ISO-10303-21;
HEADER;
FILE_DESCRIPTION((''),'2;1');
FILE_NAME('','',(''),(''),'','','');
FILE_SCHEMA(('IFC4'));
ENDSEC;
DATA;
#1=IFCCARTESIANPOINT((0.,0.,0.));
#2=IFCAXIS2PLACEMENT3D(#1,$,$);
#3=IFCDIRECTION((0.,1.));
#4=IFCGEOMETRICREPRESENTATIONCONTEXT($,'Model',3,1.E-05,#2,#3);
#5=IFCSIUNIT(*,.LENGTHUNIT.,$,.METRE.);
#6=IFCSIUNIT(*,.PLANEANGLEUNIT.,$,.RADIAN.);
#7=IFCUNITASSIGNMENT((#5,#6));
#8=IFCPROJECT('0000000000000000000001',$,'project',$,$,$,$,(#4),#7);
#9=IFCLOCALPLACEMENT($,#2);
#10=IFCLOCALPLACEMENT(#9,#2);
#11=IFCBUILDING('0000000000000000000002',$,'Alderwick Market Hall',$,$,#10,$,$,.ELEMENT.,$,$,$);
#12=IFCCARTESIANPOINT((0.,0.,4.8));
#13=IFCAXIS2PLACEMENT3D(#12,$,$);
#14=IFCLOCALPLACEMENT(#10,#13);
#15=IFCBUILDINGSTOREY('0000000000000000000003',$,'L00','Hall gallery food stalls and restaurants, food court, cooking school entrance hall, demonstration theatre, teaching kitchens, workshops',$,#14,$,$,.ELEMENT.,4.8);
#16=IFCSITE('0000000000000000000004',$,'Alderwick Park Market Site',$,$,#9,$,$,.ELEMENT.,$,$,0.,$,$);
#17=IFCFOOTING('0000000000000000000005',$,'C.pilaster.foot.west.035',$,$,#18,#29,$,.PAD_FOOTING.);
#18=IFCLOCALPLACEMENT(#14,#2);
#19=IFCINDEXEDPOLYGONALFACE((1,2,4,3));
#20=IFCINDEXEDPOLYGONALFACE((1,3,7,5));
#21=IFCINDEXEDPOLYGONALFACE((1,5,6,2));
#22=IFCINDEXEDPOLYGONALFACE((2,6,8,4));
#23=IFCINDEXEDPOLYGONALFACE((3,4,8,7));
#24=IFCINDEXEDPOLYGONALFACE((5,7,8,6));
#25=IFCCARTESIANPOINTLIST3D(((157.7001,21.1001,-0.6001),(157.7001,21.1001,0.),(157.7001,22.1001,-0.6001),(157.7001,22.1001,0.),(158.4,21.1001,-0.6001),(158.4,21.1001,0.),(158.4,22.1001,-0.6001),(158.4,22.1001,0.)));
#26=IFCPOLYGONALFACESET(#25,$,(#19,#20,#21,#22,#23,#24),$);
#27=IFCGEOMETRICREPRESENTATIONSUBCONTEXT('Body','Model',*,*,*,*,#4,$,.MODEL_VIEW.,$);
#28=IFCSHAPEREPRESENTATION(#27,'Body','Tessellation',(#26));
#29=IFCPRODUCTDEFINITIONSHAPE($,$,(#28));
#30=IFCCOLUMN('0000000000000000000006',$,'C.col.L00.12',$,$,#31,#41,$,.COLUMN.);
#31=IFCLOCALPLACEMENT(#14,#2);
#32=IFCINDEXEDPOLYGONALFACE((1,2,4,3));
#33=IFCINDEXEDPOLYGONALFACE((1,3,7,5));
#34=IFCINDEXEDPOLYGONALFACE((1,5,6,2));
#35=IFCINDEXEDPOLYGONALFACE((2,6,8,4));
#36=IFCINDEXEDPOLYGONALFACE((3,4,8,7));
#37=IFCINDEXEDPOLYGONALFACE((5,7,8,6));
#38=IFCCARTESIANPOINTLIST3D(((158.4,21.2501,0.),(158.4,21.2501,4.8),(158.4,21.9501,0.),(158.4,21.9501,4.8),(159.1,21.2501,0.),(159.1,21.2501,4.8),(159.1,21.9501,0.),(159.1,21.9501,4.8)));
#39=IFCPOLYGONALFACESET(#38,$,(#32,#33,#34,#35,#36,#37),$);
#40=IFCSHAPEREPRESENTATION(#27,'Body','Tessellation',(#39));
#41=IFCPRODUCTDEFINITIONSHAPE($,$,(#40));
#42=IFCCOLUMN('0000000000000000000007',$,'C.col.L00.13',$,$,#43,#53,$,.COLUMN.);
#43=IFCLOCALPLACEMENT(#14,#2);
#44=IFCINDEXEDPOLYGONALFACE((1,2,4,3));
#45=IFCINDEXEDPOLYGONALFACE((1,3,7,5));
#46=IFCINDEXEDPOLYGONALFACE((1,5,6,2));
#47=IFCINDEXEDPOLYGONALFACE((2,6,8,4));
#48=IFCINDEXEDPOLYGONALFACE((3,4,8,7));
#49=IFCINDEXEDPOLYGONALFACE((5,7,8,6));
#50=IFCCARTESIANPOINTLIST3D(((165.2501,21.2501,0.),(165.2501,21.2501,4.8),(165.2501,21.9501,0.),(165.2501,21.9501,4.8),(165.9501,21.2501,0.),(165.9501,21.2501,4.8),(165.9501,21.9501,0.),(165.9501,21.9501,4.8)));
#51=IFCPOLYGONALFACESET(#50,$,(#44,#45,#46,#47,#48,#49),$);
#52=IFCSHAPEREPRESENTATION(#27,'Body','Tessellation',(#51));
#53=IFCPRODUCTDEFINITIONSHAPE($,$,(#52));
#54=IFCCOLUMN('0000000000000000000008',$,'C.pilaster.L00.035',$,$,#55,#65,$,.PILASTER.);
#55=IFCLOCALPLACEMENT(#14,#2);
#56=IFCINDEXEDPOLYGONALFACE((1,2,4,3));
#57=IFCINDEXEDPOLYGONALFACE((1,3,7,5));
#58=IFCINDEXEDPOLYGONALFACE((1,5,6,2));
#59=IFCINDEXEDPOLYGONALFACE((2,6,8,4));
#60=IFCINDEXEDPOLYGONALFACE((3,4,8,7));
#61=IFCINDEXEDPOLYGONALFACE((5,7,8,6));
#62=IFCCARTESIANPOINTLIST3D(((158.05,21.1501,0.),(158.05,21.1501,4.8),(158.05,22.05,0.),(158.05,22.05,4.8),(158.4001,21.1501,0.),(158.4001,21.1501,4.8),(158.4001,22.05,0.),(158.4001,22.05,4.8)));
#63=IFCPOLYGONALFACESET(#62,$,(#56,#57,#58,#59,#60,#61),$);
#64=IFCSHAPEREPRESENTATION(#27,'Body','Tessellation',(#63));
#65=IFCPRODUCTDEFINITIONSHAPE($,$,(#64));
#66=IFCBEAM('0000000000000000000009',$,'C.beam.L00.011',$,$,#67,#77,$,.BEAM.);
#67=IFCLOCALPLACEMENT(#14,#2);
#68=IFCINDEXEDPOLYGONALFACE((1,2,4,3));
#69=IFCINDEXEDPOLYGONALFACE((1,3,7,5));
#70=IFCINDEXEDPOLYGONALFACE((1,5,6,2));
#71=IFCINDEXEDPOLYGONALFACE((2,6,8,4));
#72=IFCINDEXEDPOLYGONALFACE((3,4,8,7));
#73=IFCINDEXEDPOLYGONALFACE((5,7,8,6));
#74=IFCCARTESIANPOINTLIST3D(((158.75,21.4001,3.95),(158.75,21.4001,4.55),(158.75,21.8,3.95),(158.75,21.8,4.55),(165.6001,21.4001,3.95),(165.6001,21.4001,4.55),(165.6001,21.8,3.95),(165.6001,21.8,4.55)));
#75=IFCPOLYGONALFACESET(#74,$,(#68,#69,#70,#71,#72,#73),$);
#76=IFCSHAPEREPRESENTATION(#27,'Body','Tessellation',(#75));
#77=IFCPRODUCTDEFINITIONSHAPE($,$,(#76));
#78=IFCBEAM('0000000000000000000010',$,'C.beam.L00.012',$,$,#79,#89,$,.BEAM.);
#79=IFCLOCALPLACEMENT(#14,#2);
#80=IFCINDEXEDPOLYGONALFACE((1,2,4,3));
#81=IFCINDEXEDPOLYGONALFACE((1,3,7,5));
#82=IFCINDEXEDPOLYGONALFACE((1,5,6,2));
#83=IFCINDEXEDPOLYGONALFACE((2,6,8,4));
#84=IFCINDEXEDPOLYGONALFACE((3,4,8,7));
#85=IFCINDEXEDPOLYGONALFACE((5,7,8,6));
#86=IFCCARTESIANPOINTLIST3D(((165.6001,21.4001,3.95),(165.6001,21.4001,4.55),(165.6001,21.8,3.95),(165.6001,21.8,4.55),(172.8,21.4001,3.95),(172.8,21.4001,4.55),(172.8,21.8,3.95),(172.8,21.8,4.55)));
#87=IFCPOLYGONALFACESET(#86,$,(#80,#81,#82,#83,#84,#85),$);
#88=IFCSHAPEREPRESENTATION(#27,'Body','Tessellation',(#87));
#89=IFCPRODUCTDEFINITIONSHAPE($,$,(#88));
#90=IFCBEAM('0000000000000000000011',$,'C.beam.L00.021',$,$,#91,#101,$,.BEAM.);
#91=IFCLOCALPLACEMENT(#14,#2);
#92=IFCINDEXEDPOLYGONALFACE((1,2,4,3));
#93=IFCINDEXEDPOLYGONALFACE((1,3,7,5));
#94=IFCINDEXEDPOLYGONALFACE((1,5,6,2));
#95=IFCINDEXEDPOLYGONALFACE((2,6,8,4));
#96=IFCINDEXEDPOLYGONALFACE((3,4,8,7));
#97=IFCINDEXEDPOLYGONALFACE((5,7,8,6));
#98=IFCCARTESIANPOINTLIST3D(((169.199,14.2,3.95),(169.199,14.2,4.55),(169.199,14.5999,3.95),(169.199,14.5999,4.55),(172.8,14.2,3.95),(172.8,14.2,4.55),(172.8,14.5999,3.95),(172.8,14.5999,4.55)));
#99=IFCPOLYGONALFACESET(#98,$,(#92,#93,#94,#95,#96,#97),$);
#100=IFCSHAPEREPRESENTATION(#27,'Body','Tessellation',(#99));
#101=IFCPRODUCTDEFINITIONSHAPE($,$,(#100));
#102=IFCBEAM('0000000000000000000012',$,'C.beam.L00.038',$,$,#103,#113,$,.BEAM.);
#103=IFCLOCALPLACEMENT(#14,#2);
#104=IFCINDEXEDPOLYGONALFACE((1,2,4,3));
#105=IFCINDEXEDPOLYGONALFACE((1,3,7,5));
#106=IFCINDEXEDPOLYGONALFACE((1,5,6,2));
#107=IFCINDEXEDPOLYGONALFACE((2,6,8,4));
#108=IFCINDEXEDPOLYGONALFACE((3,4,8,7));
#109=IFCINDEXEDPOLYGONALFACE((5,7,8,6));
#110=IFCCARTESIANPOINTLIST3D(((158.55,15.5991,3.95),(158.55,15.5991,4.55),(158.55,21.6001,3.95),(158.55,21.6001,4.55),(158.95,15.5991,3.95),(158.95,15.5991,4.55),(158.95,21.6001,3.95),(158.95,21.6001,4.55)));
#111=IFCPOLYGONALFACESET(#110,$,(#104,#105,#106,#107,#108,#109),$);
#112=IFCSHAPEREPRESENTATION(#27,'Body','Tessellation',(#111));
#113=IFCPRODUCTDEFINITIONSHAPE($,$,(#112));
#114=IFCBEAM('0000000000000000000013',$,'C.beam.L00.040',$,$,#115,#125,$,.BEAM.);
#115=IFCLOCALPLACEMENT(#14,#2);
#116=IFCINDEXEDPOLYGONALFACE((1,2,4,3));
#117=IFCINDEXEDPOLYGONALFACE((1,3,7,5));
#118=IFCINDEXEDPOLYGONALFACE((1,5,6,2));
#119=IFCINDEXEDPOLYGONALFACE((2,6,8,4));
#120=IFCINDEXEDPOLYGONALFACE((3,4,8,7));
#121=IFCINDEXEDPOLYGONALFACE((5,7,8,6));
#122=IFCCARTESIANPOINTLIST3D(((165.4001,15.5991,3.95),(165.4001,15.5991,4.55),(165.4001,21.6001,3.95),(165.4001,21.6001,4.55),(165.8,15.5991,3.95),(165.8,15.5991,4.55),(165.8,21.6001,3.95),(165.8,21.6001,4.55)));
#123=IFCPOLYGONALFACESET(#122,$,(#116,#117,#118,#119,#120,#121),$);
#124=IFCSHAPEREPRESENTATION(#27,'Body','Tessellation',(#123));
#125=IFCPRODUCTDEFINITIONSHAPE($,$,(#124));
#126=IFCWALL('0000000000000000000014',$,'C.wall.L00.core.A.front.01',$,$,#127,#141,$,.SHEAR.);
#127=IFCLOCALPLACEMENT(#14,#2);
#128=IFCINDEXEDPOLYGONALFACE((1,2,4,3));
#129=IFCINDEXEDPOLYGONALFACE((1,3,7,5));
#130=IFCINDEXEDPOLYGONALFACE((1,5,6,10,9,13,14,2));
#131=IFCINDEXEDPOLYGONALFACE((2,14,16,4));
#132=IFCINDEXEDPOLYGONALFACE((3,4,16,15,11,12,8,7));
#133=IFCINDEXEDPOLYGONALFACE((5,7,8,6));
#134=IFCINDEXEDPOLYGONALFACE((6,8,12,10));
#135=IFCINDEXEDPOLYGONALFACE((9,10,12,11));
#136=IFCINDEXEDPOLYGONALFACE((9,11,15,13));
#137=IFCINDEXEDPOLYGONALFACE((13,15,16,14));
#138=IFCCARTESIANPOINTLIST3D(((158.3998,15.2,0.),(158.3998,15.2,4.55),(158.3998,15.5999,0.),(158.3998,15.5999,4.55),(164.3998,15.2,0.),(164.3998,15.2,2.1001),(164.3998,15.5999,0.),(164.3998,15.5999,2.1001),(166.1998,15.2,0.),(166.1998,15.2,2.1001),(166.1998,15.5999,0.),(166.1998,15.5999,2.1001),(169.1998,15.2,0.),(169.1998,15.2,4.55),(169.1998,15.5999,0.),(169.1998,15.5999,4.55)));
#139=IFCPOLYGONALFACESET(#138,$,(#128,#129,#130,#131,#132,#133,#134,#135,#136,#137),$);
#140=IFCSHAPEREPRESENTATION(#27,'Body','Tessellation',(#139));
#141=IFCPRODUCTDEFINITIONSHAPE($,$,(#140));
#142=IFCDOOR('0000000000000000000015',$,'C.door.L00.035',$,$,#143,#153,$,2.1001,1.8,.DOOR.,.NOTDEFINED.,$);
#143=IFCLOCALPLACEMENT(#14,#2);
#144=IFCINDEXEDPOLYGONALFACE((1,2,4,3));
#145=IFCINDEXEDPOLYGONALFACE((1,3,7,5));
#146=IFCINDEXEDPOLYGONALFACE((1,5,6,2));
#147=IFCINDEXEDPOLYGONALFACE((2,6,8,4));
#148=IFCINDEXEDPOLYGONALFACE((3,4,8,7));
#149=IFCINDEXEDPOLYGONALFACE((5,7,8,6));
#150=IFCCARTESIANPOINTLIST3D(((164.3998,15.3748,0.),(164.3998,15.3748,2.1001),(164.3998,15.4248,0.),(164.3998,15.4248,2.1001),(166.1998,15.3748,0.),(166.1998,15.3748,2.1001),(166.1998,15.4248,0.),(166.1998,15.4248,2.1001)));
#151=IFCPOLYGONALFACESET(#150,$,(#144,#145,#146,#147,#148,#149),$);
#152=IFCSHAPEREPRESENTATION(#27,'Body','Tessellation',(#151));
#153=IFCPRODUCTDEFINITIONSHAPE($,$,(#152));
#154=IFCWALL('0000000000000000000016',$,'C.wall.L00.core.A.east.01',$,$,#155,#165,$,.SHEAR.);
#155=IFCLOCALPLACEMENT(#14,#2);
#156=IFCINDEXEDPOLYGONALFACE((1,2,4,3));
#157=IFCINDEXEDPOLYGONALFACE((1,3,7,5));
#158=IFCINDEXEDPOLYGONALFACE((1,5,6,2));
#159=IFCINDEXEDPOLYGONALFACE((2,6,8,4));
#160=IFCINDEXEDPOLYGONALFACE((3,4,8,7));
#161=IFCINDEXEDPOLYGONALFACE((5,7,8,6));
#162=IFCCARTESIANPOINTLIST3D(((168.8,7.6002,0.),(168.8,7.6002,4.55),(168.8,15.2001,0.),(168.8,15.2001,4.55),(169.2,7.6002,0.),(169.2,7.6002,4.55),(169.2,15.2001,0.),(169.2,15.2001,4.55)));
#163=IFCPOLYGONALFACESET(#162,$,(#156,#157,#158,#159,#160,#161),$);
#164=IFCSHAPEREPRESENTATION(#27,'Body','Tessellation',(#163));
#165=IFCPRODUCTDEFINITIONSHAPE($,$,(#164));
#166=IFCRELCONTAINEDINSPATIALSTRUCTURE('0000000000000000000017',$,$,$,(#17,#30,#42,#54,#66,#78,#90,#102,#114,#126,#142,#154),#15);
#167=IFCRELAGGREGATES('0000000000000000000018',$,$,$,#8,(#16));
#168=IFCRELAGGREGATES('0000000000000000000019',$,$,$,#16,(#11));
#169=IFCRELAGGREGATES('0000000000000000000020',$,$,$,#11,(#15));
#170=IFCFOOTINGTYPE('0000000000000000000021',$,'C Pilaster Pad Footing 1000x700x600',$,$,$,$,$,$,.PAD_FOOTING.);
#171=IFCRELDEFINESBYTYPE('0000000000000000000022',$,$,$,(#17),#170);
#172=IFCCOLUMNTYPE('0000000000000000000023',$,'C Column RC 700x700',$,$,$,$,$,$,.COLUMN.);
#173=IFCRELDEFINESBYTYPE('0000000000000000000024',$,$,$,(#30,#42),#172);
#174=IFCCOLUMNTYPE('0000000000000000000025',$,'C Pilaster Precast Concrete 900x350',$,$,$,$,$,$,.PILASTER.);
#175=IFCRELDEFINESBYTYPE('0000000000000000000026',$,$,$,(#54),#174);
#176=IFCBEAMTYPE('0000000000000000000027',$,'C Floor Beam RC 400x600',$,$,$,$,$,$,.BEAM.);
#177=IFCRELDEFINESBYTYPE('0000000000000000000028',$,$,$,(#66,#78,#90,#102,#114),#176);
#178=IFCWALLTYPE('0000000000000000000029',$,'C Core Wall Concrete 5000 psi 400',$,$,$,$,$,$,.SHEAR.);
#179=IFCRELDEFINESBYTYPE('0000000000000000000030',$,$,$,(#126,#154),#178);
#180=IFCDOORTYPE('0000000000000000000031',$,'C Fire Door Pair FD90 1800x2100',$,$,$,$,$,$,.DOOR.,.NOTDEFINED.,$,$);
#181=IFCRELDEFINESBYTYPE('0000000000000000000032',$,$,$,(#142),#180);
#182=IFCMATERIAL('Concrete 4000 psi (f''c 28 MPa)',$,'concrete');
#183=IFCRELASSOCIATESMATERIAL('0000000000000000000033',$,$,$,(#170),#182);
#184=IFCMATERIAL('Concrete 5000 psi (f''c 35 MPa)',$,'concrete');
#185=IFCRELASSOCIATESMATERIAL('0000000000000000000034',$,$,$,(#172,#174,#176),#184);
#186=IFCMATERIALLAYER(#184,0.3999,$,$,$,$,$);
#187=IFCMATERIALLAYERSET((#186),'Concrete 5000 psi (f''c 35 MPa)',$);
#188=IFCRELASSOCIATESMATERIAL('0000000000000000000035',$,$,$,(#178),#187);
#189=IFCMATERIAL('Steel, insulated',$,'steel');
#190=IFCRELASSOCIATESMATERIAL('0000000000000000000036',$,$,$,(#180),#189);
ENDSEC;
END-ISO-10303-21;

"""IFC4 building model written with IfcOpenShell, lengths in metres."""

from ifc_helpers import new_model, si_unit, direction, frame, frame_2d, origin, origin_2d, place, context, subcontext, project, spatial, rectangle, extrude, material, layer, layer_set, material_profile, profile_set, type_object, element, fill, save


model = new_model("IFC4")

# Units and contexts
model_context = context("Model", 3, precision=1e-05, world=origin(), true_north=direction((0.0, 1.0)))
body_context = subcontext(model_context, "Body", "Model", "MODEL_VIEW")
ifc_project = project(units=[si_unit("LENGTHUNIT", "METRE"), si_unit("PLANEANGLEUNIT", "RADIAN")], contexts=[model_context])

# Site, building, storey
site_placement = place(None, origin())
site = spatial("IfcSite", under=ifc_project, at=site_placement, Name="Alderwick Park Market Site", CompositionType="ELEMENT", RefElevation=0.0)
building_placement = place(site_placement, origin())
building = spatial("IfcBuilding", under=site, at=building_placement, Name="Alderwick Market Hall", CompositionType="ELEMENT")
storey_placement = place(building_placement, frame((0.0, 0.0, 4.8)))
storey = spatial("IfcBuildingStorey", under=building, at=storey_placement, Name="L00", Description="Hall gallery food stalls and restaurants, food court, cooking school entrance hall, demonstration theatre, teaching kitchens, workshops", CompositionType="ELEMENT", Elevation=4.8)

# Footing
ifc_material_1 = material(Name="Concrete 4000 psi (f'c 28 MPa)", Category="concrete")
footing_type = type_object("IfcFootingType", Name="C Pilaster Pad Footing 1000x700x600", PredefinedType="PAD_FOOTING", material=ifc_material_1)
footing_placement = place(storey_placement, frame((158.05, 21.6001, -0.6001), z_axis=(0.0, 0.0, 1.0), x_axis=(1.0, 0.0, 0.0)))
element("IfcFooting", 1, at=footing_placement, inside=storey, type_object=footing_type, Name="C.pilaster.foot.west.035", PredefinedType="PAD_FOOTING", context=body_context, shape_type="SweptSolid", body=[
    extrude(rectangle(XDim=0.7, YDim=1.0, at=origin_2d()), origin(), (0.0, 0.0, 1.0), 0.6001),
])

# Columns
ifc_material_2 = material(Name="Concrete 5000 psi (f'c 35 MPa)", Category="concrete")
ifc_material_profile_1 = material_profile(ifc_material_2, rectangle(XDim=0.7, YDim=0.7, at=origin_2d()), Name="RC 700x700")
ifc_profile_set_1 = profile_set([ifc_material_profile_1], Name="Concrete 5000 psi (f'c 35 MPa)")
column_type_1 = type_object("IfcColumnType", Name="C Column RC 700x700", PredefinedType="COLUMN", material=ifc_profile_set_1)
for number, where, z_axis, x_axis, name in (
    (2, (158.75, 21.6001, 0.0), (0.0, 0.0, 1.0), (1.0, 0.0, 0.0), "C.col.L00.12"),
    (3, (165.6001, 21.6001, 0.0), (0.0, 0.0, 1.0), (1.0, 0.0, 0.0), "C.col.L00.13"),
):
    element("IfcColumn", number, at=place(storey_placement, frame(where, z_axis=z_axis, x_axis=x_axis)), inside=storey, type_object=column_type_1, Name=name, PredefinedType="COLUMN", context=body_context, shape_type="SweptSolid", body=[
        extrude(rectangle(XDim=0.7, YDim=0.7, at=origin_2d()), origin(), (0.0, 0.0, 1.0), 4.8),
    ])
ifc_material_profile_2 = material_profile(ifc_material_2, rectangle(XDim=0.8999, YDim=0.3501, at=origin_2d()), Name="PC 900x350")
ifc_profile_set_2 = profile_set([ifc_material_profile_2], Name="Concrete 5000 psi (f'c 35 MPa)")
column_type_2 = type_object("IfcColumnType", Name="C Pilaster Precast Concrete 900x350", PredefinedType="PILASTER", material=ifc_profile_set_2)
column_placement = place(storey_placement, frame((158.2251, 21.6001, 0.0), z_axis=(0.0, 0.0, 1.0), x_axis=(0.0, 1.0, 0.0)))
element("IfcColumn", 4, at=column_placement, inside=storey, type_object=column_type_2, Name="C.pilaster.L00.035", PredefinedType="PILASTER", context=body_context, shape_type="SweptSolid", body=[
    extrude(rectangle(XDim=0.8999, YDim=0.3501, at=origin_2d()), origin(), (0.0, 0.0, 1.0), 4.8),
])

# Beams
ifc_material_profile_3 = material_profile(ifc_material_2, rectangle(XDim=0.3999, YDim=0.6001, at=origin_2d()), Name="RC 400x600")
ifc_profile_set_3 = profile_set([ifc_material_profile_3], Name="Concrete 5000 psi (f'c 35 MPa)")
beam_type = type_object("IfcBeamType", Name="C Floor Beam RC 400x600", PredefinedType="BEAM", material=ifc_profile_set_3)
beam_1_placement = place(storey_placement, frame((158.75, 21.6001, 4.25), z_axis=(1.0, 0.0, 0.0), x_axis=(0.0, 1.0, 0.0)))
element("IfcBeam", 5, at=beam_1_placement, inside=storey, type_object=beam_type, Name="C.beam.L00.011", PredefinedType="BEAM", context=body_context, shape_type="SweptSolid", body=[
    extrude(rectangle(XDim=0.3999, YDim=0.6001, at=origin_2d()), origin(), (0.0, 0.0, 1.0), 6.8501),
])
beam_2_placement = place(storey_placement, frame((165.6001, 21.6001, 4.25), z_axis=(1.0, 0.0, 0.0), x_axis=(0.0, 1.0, 0.0)))
element("IfcBeam", 6, at=beam_2_placement, inside=storey, type_object=beam_type, Name="C.beam.L00.012", PredefinedType="BEAM", context=body_context, shape_type="SweptSolid", body=[
    extrude(rectangle(XDim=0.3999, YDim=0.6001, at=origin_2d()), origin(), (0.0, 0.0, 1.0), 7.2),
])
beam_3_placement = place(storey_placement, frame((169.199, 14.3999, 4.25), z_axis=(1.0, 0.0, 0.0), x_axis=(0.0, 1.0, 0.0)))
element("IfcBeam", 7, at=beam_3_placement, inside=storey, type_object=beam_type, Name="C.beam.L00.021", PredefinedType="BEAM", context=body_context, shape_type="SweptSolid", body=[
    extrude(rectangle(XDim=0.3999, YDim=0.6001, at=origin_2d()), origin(), (0.0, 0.0, 1.0), 3.6011),
])
for number, where, z_axis, x_axis, name in (
    (8, (158.75, 21.6001, 4.25), (0.0, -1.0, 0.0), (1.0, 0.0, 0.0), "C.beam.L00.038"),
    (9, (165.6001, 21.6001, 4.25), (0.0, -1.0, 0.0), (1.0, 0.0, 0.0), "C.beam.L00.040"),
):
    element("IfcBeam", number, at=place(storey_placement, frame(where, z_axis=z_axis, x_axis=x_axis)), inside=storey, type_object=beam_type, Name=name, PredefinedType="BEAM", context=body_context, shape_type="SweptSolid", body=[
        extrude(rectangle(XDim=0.3999, YDim=0.6001, at=origin_2d()), origin(), (0.0, 0.0, 1.0), 6.001),
    ])

# Wall, opening, door
ifc_layer_1 = layer(ifc_material_2, 0.3999)
ifc_layer_set_1 = layer_set([ifc_layer_1], Name="Concrete 5000 psi (f'c 35 MPa)")
wall_type_1 = type_object("IfcWallType", Name="C Core Wall Concrete 5000 psi 400", PredefinedType="SHEAR", material=ifc_layer_set_1)
wall_1_placement = place(storey_placement, frame((158.3999, 15.3999, 0.0), z_axis=(0.0, 0.0, 1.0), x_axis=(1.0, 0.0, 0.0)))
wall_1 = element("IfcWall", 10, at=wall_1_placement, inside=storey, type_object=wall_type_1, Name="C.wall.L00.core.A.front.01", PredefinedType="SHEAR", context=body_context, shape_type="SweptSolid", body=[
    extrude(rectangle(XDim=10.8, YDim=0.3999, at=frame_2d((5.3999, 0.0))), origin(), (0.0, 0.0, 1.0), 4.55),
])
opening_1_placement = place(wall_1_placement, frame((6.0, 0.0, 0.0)))
opening_1 = element("IfcOpeningElement", 11, at=opening_1_placement, cuts=wall_1, PredefinedType="OPENING", context=body_context, shape_type="SweptSolid", body=[
    extrude(rectangle(XDim=1.8, YDim=2.1001, at=frame_2d((0.8999, 1.05))), frame((0.0, 0.21, 0.0), z_axis=(0.0, -1.0, 0.0), x_axis=(1.0, 0.0, 0.0)), (0.0, 0.0, 1.0), 0.4199),
])
ifc_material_3 = material(Name="Steel, insulated", Category="steel")
door_type_1 = type_object("IfcDoorType", Name="C Fire Door Pair FD90 1800x2100", OperationType="NOTDEFINED", PredefinedType="DOOR", material=ifc_material_3)
door_1_placement = place(opening_1_placement, origin())
door_1 = element("IfcDoor", 12, at=door_1_placement, inside=storey, type_object=door_type_1, Name="C.door.L00.035", OperationType="NOTDEFINED", OverallHeight=2.1001, OverallWidth=1.8, PredefinedType="DOOR", context=body_context, shape_type="SweptSolid", body=[
    extrude(rectangle(XDim=1.8, YDim=2.1001, at=frame_2d((0.8999, 1.05))), frame((0.0, 0.0249, 0.0), z_axis=(0.0, -1.0, 0.0), x_axis=(1.0, 0.0, 0.0)), (0.0, 0.0, 1.0), 0.05),
])
fill(opening_1, door_1)

# Wall
wall_2_placement = place(storey_placement, frame((169.0, 15.2, 0.0), z_axis=(0.0, 0.0, 1.0), x_axis=(0.0, -1.0, 0.0)))
element("IfcWall", 13, at=wall_2_placement, inside=storey, type_object=wall_type_1, Name="C.wall.L00.core.A.east.01", PredefinedType="SHEAR", context=body_context, shape_type="SweptSolid", body=[
    extrude(rectangle(XDim=7.5999, YDim=0.3999, at=frame_2d((3.7998, 0.0))), origin(), (0.0, 0.0, 1.0), 4.55),
])

save(model, "model.ifc")
